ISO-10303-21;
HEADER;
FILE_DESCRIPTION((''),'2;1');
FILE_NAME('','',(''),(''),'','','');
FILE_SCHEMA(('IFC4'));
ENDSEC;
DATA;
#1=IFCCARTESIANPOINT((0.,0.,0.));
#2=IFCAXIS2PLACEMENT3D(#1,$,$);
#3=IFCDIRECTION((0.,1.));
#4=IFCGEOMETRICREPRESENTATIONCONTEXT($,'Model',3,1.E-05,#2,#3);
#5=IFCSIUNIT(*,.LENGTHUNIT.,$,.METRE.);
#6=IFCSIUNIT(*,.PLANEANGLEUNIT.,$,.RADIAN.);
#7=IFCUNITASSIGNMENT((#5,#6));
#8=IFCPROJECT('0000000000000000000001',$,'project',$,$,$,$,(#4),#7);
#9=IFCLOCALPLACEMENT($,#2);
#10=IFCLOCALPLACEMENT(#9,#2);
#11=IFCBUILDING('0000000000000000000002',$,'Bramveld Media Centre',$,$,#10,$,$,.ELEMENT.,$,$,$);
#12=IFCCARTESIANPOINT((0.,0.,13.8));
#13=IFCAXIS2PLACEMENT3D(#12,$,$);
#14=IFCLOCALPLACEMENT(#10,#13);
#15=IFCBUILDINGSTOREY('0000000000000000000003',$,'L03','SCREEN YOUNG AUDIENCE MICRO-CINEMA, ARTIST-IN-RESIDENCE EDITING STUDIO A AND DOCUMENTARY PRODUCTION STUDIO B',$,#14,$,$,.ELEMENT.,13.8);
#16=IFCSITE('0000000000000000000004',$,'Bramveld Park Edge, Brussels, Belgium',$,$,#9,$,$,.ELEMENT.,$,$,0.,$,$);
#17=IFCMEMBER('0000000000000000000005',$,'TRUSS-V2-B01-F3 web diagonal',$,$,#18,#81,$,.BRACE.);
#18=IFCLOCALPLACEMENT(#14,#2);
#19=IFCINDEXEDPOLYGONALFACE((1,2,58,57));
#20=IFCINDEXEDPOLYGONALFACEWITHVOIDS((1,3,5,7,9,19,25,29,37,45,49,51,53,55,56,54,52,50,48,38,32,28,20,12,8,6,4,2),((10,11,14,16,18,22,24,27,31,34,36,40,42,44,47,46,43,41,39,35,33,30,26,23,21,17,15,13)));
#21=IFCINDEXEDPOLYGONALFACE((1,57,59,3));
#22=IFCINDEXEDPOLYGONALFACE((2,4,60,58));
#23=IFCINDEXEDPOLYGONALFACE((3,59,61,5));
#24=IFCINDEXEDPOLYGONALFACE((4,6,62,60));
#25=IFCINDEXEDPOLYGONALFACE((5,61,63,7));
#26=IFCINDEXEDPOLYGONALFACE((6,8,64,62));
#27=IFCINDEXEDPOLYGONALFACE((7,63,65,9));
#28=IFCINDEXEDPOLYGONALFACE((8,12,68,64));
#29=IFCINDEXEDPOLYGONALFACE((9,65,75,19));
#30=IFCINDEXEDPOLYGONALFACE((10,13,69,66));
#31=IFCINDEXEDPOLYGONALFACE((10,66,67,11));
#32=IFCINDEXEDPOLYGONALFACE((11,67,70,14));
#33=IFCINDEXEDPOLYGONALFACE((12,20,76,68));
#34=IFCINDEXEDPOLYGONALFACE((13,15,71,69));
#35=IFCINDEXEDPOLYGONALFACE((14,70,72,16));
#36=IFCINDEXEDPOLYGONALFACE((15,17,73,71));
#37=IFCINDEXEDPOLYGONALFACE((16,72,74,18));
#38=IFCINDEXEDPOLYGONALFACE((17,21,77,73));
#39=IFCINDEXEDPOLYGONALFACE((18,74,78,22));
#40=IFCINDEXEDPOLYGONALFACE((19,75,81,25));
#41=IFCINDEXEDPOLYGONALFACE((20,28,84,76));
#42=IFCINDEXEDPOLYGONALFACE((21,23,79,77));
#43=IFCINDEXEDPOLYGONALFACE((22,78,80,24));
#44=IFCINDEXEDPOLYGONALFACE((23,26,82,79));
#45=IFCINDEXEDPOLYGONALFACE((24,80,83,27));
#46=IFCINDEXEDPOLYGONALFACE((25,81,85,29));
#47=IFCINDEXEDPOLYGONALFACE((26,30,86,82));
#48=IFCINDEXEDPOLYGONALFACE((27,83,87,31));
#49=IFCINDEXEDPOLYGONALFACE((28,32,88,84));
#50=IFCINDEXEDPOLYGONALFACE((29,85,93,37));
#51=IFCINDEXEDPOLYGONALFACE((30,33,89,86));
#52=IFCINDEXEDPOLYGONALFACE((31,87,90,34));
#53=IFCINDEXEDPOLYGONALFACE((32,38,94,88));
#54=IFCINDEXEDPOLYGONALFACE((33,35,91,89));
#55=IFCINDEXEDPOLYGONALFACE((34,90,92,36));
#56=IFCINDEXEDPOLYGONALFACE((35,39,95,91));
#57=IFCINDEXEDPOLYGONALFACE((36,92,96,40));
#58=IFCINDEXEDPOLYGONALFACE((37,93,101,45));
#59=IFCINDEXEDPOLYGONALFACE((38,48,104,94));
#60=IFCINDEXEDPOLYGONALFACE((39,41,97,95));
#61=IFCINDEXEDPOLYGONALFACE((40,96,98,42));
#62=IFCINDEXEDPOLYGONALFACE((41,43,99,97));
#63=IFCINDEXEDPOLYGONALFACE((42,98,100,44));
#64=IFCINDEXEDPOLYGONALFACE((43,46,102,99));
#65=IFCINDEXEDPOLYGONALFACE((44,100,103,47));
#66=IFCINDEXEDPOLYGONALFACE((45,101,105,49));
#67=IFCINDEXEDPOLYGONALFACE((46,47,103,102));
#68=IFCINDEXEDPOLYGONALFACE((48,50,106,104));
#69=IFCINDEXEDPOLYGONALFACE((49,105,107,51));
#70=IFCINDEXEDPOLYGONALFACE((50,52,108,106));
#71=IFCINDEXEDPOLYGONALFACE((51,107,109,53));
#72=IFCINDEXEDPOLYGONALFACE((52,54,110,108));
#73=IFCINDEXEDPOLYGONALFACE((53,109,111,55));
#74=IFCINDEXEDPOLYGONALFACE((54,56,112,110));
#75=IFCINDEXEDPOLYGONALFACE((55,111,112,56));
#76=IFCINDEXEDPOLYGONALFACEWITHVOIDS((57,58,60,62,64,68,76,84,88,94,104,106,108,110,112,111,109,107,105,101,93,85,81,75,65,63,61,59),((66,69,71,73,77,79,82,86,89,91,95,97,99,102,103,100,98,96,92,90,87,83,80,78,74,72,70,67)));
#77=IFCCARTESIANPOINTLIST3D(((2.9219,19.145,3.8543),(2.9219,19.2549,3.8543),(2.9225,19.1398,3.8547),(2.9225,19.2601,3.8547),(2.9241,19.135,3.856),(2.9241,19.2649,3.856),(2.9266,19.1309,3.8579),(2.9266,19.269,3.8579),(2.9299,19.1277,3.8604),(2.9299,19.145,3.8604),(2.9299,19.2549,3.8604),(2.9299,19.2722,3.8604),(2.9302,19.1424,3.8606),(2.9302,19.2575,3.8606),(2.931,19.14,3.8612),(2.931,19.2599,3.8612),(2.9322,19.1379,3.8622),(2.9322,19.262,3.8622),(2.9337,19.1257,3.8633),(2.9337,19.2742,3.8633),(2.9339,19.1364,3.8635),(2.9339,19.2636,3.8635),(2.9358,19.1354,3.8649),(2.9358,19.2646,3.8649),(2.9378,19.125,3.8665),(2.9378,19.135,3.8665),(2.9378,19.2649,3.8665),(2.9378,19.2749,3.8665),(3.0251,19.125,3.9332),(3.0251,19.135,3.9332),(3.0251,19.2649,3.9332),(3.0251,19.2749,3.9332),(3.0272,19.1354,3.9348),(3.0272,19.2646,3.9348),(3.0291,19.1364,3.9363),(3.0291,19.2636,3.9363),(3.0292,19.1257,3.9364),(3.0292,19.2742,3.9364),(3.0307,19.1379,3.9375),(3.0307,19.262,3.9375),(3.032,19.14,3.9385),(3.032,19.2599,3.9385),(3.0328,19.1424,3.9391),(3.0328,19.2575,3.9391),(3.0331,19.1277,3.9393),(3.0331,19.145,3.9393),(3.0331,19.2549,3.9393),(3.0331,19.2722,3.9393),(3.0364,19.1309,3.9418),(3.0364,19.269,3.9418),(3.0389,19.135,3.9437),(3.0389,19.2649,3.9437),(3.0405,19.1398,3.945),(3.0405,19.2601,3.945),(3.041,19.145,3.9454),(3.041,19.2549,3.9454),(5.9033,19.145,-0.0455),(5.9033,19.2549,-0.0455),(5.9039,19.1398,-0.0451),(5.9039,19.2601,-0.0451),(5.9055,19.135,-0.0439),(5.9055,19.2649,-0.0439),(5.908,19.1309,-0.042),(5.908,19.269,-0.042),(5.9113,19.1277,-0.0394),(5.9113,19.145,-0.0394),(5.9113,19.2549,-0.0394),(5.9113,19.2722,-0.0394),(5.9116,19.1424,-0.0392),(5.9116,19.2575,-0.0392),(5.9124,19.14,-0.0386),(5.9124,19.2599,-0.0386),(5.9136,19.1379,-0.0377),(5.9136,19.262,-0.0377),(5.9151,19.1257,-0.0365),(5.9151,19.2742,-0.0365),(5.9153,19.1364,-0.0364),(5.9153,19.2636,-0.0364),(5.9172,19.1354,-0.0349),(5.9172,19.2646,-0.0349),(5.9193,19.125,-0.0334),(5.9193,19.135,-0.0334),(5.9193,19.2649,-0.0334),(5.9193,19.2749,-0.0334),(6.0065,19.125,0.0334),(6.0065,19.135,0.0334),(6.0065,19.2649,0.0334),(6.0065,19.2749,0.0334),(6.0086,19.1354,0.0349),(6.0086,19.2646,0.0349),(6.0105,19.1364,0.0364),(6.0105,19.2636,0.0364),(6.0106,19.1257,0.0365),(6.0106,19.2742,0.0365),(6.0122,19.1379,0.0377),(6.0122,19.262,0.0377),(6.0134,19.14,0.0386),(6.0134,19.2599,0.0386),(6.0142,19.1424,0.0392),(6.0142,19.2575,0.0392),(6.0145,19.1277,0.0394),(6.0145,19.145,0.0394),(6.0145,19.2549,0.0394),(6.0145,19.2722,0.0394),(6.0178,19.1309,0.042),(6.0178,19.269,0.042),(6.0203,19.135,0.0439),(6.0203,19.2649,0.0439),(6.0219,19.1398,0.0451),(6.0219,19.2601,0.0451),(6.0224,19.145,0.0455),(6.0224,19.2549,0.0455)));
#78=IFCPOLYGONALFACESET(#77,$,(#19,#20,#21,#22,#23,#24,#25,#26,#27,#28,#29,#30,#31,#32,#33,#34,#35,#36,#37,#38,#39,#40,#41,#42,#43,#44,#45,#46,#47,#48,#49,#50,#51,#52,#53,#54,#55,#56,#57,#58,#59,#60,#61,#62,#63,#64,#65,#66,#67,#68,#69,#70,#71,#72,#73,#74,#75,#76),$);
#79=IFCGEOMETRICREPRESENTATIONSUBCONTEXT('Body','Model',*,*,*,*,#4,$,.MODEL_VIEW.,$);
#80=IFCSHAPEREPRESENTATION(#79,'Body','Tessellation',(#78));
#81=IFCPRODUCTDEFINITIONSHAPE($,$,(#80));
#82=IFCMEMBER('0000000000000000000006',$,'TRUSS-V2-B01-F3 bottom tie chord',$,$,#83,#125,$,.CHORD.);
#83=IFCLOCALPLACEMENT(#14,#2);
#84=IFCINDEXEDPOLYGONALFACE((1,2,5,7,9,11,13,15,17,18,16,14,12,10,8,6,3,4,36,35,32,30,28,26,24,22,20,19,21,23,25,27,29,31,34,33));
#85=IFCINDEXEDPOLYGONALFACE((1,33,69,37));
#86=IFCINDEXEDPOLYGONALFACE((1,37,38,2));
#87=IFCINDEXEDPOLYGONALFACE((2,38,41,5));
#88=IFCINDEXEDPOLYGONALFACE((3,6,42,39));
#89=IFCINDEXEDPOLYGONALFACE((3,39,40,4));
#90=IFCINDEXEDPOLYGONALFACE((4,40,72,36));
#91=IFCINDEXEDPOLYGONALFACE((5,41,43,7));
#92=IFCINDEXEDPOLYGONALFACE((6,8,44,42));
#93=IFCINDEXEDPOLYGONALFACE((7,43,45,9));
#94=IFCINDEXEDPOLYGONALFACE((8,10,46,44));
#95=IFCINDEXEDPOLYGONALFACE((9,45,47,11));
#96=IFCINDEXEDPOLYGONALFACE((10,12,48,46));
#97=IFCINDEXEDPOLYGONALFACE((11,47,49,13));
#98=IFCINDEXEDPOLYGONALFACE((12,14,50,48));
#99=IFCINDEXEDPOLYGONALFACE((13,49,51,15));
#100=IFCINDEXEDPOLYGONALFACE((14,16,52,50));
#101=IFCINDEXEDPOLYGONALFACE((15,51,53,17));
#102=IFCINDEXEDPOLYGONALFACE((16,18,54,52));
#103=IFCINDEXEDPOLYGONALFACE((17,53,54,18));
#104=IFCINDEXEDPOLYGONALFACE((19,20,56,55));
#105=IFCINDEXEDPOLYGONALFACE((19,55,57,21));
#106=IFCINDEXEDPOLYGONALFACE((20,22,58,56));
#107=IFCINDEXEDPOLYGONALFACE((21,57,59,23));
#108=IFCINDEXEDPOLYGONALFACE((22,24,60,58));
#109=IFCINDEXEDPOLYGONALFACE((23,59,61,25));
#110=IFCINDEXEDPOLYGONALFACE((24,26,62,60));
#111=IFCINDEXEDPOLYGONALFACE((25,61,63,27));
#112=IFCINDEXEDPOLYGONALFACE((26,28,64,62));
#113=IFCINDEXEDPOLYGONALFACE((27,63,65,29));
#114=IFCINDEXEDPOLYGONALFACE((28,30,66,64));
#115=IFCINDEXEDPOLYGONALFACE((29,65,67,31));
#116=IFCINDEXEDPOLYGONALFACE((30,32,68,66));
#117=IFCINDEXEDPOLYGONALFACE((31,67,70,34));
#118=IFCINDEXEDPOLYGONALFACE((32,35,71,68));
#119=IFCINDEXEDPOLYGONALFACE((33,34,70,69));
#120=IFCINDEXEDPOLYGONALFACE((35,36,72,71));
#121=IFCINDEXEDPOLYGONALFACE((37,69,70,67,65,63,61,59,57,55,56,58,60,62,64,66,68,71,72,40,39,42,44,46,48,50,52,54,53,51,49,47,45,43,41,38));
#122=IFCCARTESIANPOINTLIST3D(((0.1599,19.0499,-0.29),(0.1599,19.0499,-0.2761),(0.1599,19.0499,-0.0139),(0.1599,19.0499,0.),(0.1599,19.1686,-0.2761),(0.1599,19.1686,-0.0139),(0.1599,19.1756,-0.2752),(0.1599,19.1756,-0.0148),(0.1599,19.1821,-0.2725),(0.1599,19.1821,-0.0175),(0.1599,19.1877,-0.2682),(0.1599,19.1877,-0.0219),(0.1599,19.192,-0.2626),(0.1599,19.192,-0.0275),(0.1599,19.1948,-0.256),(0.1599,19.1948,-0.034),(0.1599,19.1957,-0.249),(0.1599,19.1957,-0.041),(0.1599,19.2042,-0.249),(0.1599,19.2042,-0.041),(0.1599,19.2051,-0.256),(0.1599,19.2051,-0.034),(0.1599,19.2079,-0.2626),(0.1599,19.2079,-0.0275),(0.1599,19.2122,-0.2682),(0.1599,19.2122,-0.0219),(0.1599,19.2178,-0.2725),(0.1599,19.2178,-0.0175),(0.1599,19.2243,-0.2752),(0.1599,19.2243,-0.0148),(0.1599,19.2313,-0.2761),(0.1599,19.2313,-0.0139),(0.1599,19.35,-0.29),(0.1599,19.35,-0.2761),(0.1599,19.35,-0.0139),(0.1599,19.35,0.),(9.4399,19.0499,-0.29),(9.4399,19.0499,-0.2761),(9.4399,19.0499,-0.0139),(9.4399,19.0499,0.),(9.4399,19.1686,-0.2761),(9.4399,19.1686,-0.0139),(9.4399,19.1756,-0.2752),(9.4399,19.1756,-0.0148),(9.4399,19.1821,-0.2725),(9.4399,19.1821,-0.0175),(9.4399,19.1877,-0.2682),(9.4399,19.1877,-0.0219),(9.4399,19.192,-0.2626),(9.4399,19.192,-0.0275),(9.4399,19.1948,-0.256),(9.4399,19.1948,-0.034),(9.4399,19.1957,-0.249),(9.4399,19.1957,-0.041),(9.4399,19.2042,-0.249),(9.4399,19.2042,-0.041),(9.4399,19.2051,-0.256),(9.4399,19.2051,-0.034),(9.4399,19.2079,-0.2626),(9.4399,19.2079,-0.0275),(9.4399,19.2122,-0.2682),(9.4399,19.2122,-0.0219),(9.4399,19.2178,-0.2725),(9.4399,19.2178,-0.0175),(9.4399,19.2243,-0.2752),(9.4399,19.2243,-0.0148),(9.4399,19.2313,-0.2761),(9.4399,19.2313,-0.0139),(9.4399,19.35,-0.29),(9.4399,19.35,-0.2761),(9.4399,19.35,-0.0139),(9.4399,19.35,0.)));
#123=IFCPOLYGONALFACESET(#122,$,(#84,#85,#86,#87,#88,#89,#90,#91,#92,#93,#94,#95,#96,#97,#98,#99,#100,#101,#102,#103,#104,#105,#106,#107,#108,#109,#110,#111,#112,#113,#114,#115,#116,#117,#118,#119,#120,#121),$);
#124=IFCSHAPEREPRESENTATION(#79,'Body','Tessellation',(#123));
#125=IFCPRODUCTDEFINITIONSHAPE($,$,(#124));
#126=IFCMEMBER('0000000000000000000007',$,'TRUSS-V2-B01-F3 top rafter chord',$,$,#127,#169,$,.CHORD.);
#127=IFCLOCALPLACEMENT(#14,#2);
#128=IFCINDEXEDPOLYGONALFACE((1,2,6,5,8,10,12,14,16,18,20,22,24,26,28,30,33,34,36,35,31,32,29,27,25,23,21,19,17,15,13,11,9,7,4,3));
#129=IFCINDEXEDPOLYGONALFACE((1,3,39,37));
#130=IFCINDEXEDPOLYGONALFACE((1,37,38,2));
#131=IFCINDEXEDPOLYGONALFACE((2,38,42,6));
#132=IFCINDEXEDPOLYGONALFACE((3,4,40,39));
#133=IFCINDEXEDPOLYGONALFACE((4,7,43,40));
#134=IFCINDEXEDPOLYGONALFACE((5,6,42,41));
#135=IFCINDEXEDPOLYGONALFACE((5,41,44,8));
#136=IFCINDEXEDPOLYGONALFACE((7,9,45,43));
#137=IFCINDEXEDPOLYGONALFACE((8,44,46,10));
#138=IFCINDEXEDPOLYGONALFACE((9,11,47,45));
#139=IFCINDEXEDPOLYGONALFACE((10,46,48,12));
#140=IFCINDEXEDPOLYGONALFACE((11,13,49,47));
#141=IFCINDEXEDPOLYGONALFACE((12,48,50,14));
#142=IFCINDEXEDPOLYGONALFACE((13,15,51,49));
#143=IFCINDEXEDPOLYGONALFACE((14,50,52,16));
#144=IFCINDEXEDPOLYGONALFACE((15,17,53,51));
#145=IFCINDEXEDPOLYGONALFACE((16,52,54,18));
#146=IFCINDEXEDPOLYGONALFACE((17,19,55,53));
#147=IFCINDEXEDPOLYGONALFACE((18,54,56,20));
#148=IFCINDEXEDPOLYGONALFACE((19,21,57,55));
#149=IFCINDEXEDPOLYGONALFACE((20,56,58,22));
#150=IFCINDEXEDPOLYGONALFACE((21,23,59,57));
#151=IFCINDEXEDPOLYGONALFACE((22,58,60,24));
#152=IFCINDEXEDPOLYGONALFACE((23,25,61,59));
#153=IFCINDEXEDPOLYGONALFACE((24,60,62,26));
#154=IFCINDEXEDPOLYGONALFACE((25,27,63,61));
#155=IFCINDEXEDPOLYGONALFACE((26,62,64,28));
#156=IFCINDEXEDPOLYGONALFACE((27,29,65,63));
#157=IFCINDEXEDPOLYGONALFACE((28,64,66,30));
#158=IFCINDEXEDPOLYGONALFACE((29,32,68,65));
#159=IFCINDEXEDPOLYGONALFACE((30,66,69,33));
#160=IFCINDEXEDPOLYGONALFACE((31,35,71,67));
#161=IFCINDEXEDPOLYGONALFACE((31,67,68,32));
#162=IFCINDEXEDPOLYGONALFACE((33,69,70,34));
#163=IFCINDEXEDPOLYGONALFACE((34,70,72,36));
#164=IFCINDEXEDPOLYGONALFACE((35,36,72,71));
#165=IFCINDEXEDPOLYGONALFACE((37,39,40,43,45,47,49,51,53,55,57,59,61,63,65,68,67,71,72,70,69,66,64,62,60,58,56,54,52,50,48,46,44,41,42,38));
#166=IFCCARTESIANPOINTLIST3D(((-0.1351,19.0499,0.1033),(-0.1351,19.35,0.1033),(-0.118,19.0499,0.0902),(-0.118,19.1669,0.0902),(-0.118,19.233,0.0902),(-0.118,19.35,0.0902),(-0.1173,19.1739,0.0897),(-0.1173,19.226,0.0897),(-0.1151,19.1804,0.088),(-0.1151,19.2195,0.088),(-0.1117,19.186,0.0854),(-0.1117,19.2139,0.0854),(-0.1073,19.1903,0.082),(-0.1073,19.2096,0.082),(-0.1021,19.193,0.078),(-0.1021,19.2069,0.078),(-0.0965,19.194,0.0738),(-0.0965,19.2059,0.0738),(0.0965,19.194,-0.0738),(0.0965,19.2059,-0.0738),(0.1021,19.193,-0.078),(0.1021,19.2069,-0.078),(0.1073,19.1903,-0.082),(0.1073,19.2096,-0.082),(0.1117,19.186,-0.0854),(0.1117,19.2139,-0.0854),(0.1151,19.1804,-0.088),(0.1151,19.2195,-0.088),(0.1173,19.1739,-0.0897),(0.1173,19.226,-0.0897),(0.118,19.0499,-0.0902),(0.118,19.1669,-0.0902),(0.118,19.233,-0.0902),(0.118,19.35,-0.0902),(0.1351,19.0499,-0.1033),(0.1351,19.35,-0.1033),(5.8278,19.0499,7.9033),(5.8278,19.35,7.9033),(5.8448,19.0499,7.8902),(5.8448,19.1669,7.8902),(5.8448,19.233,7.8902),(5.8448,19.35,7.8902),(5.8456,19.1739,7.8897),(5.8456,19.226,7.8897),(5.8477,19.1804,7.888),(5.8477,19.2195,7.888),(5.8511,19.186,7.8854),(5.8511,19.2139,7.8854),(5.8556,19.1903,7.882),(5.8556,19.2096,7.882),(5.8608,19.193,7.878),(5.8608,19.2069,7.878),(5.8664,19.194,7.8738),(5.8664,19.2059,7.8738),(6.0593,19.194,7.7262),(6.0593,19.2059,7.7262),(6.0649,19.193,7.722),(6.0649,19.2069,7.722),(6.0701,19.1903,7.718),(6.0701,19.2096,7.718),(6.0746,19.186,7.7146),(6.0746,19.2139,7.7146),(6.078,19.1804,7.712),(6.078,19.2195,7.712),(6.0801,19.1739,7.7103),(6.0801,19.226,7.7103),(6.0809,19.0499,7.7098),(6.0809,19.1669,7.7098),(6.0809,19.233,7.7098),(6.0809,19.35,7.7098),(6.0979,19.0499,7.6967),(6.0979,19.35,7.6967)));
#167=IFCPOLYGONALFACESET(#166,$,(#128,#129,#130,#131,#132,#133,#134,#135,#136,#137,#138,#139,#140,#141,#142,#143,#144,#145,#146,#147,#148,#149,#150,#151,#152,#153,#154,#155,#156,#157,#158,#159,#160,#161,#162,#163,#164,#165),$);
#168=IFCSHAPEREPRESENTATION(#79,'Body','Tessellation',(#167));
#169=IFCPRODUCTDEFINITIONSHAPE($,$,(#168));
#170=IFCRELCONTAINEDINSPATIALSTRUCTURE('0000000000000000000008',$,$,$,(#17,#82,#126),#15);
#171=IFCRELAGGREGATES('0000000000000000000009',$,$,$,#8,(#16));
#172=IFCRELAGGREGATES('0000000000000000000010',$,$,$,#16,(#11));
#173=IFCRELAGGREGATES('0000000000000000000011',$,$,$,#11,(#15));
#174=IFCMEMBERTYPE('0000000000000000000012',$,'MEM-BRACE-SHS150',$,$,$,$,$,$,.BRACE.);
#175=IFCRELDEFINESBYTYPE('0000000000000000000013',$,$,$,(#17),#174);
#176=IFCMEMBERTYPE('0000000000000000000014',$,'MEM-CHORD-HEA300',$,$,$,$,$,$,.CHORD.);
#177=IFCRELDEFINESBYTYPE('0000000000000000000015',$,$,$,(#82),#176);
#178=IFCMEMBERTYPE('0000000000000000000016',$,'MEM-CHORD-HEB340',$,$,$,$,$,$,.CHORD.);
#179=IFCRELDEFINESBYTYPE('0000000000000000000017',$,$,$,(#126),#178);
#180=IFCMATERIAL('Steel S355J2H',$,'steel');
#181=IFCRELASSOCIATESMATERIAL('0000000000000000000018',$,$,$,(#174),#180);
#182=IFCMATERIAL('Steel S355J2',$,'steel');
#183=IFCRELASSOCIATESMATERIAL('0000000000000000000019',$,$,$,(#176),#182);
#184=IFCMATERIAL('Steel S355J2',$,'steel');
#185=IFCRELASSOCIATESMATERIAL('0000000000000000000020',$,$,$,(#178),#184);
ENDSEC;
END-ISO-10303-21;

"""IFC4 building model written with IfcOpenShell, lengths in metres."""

from ifc_helpers import new_model, si_unit, direction, frame, origin, origin_2d, place, context, subcontext, project, spatial, hollow_rectangle, i_section, extrude, material, material_profile, profile_set, type_object, element, save


model = new_model("IFC4")

# Units and contexts
model_context = context("Model", 3, precision=1e-05, world=origin(), true_north=direction((0.0, 1.0)))
body_context = subcontext(model_context, "Body", "Model", "MODEL_VIEW")
ifc_project = project(units=[si_unit("LENGTHUNIT", "METRE"), si_unit("PLANEANGLEUNIT", "RADIAN")], contexts=[model_context])

# Site, building, storey
site_placement = place(None, origin())
site = spatial("IfcSite", under=ifc_project, at=site_placement, Name="Bramveld Park Edge, Brussels, Belgium", CompositionType="ELEMENT", RefElevation=0.0)
building_placement = place(site_placement, origin())
building = spatial("IfcBuilding", under=site, at=building_placement, Name="Bramveld Media Centre", CompositionType="ELEMENT")
storey_placement = place(building_placement, frame((0.0, 0.0, 13.8)))
storey = spatial("IfcBuildingStorey", under=building, at=storey_placement, Name="L03", Description="SCREEN YOUNG AUDIENCE MICRO-CINEMA, ARTIST-IN-RESIDENCE EDITING STUDIO A AND DOCUMENTARY PRODUCTION STUDIO B", CompositionType="ELEMENT", Elevation=13.8)

# Members
ifc_material_1 = material(Name="Steel S355J2H", Category="steel")
ifc_material_profile_1 = material_profile(ifc_material_1, hollow_rectangle(XDim=0.1499, YDim=0.1499, WallThickness=0.01, InnerFilletRadius=0.01, OuterFilletRadius=0.02, at=origin_2d()), Name="SHS 150x150x10")
ifc_profile_set_1 = profile_set([ifc_material_profile_1], Name="Steel S355J2H")
member_type_1 = type_object("IfcMemberType", Name="MEM-BRACE-SHS150", PredefinedType="BRACE", material=ifc_profile_set_1)
member_1_placement = place(storey_placement, frame((5.9629, 19.2, 0.0), z_axis=(-0.607343, 0.0, 0.79444), x_axis=(0.0, -1.0, 0.0)))
element("IfcMember", 1, at=member_1_placement, inside=storey, type_object=member_type_1, Name="TRUSS-V2-B01-F3 web diagonal", PredefinedType="BRACE", context=body_context, shape_type="SweptSolid", body=[
    extrude(hollow_rectangle(XDim=0.1499, YDim=0.1499, WallThickness=0.01, InnerFilletRadius=0.01, OuterFilletRadius=0.02, at=origin_2d()), origin(), (0.0, 0.0, 1.0), 4.9089),
])
ifc_material_2 = material(Name="Steel S355J2", Category="steel")
ifc_material_profile_2 = material_profile(ifc_material_2, i_section(OverallWidth=0.3, OverallDepth=0.29, WebThickness=0.0085, FlangeThickness=0.0139, FilletRadius=0.0271, at=origin_2d()), Name="HEA 300")
ifc_profile_set_2 = profile_set([ifc_material_profile_2], Name="Steel S355J2")
member_type_2 = type_object("IfcMemberType", Name="MEM-CHORD-HEA300", PredefinedType="CHORD", material=ifc_profile_set_2)
member_2_placement = place(storey_placement, frame((0.1599, 19.2, -0.145), z_axis=(1.0, 0.0, 0.0), x_axis=(0.0, 1.0, 0.0)))
element("IfcMember", 2, at=member_2_placement, inside=storey, type_object=member_type_2, Name="TRUSS-V2-B01-F3 bottom tie chord", PredefinedType="CHORD", context=body_context, shape_type="SweptSolid", body=[
    extrude(i_section(OverallWidth=0.3, OverallDepth=0.29, WebThickness=0.0085, FlangeThickness=0.0139, FilletRadius=0.0271, at=origin_2d()), origin(), (0.0, 0.0, 1.0), 9.28),
])
ifc_material_3 = material(Name="Steel S355J2", Category="steel")
ifc_material_profile_3 = material_profile(ifc_material_3, i_section(OverallWidth=0.3, OverallDepth=0.3401, WebThickness=0.012, FlangeThickness=0.0215, FilletRadius=0.0271, at=origin_2d()), Name="HEB 340")
ifc_profile_set_3 = profile_set([ifc_material_profile_3], Name="Steel S355J2")
member_type_3 = type_object("IfcMemberType", Name="MEM-CHORD-HEB340", PredefinedType="CHORD", material=ifc_profile_set_3)
member_3_placement = place(storey_placement, frame((0.0, 19.2, 0.0), z_axis=(0.607331, 0.0, 0.794449), x_axis=(0.0, 1.0, 0.0)))
element("IfcMember", 3, at=member_3_placement, inside=storey, type_object=member_type_3, Name="TRUSS-V2-B01-F3 top rafter chord", PredefinedType="CHORD", context=body_context, shape_type="SweptSolid", body=[
    extrude(i_section(OverallWidth=0.3, OverallDepth=0.3401, WebThickness=0.012, FlangeThickness=0.0215, FilletRadius=0.0271, at=origin_2d()), origin(), (0.0, 0.0, 1.0), 9.8181),
])

save(model, "model.ifc")
